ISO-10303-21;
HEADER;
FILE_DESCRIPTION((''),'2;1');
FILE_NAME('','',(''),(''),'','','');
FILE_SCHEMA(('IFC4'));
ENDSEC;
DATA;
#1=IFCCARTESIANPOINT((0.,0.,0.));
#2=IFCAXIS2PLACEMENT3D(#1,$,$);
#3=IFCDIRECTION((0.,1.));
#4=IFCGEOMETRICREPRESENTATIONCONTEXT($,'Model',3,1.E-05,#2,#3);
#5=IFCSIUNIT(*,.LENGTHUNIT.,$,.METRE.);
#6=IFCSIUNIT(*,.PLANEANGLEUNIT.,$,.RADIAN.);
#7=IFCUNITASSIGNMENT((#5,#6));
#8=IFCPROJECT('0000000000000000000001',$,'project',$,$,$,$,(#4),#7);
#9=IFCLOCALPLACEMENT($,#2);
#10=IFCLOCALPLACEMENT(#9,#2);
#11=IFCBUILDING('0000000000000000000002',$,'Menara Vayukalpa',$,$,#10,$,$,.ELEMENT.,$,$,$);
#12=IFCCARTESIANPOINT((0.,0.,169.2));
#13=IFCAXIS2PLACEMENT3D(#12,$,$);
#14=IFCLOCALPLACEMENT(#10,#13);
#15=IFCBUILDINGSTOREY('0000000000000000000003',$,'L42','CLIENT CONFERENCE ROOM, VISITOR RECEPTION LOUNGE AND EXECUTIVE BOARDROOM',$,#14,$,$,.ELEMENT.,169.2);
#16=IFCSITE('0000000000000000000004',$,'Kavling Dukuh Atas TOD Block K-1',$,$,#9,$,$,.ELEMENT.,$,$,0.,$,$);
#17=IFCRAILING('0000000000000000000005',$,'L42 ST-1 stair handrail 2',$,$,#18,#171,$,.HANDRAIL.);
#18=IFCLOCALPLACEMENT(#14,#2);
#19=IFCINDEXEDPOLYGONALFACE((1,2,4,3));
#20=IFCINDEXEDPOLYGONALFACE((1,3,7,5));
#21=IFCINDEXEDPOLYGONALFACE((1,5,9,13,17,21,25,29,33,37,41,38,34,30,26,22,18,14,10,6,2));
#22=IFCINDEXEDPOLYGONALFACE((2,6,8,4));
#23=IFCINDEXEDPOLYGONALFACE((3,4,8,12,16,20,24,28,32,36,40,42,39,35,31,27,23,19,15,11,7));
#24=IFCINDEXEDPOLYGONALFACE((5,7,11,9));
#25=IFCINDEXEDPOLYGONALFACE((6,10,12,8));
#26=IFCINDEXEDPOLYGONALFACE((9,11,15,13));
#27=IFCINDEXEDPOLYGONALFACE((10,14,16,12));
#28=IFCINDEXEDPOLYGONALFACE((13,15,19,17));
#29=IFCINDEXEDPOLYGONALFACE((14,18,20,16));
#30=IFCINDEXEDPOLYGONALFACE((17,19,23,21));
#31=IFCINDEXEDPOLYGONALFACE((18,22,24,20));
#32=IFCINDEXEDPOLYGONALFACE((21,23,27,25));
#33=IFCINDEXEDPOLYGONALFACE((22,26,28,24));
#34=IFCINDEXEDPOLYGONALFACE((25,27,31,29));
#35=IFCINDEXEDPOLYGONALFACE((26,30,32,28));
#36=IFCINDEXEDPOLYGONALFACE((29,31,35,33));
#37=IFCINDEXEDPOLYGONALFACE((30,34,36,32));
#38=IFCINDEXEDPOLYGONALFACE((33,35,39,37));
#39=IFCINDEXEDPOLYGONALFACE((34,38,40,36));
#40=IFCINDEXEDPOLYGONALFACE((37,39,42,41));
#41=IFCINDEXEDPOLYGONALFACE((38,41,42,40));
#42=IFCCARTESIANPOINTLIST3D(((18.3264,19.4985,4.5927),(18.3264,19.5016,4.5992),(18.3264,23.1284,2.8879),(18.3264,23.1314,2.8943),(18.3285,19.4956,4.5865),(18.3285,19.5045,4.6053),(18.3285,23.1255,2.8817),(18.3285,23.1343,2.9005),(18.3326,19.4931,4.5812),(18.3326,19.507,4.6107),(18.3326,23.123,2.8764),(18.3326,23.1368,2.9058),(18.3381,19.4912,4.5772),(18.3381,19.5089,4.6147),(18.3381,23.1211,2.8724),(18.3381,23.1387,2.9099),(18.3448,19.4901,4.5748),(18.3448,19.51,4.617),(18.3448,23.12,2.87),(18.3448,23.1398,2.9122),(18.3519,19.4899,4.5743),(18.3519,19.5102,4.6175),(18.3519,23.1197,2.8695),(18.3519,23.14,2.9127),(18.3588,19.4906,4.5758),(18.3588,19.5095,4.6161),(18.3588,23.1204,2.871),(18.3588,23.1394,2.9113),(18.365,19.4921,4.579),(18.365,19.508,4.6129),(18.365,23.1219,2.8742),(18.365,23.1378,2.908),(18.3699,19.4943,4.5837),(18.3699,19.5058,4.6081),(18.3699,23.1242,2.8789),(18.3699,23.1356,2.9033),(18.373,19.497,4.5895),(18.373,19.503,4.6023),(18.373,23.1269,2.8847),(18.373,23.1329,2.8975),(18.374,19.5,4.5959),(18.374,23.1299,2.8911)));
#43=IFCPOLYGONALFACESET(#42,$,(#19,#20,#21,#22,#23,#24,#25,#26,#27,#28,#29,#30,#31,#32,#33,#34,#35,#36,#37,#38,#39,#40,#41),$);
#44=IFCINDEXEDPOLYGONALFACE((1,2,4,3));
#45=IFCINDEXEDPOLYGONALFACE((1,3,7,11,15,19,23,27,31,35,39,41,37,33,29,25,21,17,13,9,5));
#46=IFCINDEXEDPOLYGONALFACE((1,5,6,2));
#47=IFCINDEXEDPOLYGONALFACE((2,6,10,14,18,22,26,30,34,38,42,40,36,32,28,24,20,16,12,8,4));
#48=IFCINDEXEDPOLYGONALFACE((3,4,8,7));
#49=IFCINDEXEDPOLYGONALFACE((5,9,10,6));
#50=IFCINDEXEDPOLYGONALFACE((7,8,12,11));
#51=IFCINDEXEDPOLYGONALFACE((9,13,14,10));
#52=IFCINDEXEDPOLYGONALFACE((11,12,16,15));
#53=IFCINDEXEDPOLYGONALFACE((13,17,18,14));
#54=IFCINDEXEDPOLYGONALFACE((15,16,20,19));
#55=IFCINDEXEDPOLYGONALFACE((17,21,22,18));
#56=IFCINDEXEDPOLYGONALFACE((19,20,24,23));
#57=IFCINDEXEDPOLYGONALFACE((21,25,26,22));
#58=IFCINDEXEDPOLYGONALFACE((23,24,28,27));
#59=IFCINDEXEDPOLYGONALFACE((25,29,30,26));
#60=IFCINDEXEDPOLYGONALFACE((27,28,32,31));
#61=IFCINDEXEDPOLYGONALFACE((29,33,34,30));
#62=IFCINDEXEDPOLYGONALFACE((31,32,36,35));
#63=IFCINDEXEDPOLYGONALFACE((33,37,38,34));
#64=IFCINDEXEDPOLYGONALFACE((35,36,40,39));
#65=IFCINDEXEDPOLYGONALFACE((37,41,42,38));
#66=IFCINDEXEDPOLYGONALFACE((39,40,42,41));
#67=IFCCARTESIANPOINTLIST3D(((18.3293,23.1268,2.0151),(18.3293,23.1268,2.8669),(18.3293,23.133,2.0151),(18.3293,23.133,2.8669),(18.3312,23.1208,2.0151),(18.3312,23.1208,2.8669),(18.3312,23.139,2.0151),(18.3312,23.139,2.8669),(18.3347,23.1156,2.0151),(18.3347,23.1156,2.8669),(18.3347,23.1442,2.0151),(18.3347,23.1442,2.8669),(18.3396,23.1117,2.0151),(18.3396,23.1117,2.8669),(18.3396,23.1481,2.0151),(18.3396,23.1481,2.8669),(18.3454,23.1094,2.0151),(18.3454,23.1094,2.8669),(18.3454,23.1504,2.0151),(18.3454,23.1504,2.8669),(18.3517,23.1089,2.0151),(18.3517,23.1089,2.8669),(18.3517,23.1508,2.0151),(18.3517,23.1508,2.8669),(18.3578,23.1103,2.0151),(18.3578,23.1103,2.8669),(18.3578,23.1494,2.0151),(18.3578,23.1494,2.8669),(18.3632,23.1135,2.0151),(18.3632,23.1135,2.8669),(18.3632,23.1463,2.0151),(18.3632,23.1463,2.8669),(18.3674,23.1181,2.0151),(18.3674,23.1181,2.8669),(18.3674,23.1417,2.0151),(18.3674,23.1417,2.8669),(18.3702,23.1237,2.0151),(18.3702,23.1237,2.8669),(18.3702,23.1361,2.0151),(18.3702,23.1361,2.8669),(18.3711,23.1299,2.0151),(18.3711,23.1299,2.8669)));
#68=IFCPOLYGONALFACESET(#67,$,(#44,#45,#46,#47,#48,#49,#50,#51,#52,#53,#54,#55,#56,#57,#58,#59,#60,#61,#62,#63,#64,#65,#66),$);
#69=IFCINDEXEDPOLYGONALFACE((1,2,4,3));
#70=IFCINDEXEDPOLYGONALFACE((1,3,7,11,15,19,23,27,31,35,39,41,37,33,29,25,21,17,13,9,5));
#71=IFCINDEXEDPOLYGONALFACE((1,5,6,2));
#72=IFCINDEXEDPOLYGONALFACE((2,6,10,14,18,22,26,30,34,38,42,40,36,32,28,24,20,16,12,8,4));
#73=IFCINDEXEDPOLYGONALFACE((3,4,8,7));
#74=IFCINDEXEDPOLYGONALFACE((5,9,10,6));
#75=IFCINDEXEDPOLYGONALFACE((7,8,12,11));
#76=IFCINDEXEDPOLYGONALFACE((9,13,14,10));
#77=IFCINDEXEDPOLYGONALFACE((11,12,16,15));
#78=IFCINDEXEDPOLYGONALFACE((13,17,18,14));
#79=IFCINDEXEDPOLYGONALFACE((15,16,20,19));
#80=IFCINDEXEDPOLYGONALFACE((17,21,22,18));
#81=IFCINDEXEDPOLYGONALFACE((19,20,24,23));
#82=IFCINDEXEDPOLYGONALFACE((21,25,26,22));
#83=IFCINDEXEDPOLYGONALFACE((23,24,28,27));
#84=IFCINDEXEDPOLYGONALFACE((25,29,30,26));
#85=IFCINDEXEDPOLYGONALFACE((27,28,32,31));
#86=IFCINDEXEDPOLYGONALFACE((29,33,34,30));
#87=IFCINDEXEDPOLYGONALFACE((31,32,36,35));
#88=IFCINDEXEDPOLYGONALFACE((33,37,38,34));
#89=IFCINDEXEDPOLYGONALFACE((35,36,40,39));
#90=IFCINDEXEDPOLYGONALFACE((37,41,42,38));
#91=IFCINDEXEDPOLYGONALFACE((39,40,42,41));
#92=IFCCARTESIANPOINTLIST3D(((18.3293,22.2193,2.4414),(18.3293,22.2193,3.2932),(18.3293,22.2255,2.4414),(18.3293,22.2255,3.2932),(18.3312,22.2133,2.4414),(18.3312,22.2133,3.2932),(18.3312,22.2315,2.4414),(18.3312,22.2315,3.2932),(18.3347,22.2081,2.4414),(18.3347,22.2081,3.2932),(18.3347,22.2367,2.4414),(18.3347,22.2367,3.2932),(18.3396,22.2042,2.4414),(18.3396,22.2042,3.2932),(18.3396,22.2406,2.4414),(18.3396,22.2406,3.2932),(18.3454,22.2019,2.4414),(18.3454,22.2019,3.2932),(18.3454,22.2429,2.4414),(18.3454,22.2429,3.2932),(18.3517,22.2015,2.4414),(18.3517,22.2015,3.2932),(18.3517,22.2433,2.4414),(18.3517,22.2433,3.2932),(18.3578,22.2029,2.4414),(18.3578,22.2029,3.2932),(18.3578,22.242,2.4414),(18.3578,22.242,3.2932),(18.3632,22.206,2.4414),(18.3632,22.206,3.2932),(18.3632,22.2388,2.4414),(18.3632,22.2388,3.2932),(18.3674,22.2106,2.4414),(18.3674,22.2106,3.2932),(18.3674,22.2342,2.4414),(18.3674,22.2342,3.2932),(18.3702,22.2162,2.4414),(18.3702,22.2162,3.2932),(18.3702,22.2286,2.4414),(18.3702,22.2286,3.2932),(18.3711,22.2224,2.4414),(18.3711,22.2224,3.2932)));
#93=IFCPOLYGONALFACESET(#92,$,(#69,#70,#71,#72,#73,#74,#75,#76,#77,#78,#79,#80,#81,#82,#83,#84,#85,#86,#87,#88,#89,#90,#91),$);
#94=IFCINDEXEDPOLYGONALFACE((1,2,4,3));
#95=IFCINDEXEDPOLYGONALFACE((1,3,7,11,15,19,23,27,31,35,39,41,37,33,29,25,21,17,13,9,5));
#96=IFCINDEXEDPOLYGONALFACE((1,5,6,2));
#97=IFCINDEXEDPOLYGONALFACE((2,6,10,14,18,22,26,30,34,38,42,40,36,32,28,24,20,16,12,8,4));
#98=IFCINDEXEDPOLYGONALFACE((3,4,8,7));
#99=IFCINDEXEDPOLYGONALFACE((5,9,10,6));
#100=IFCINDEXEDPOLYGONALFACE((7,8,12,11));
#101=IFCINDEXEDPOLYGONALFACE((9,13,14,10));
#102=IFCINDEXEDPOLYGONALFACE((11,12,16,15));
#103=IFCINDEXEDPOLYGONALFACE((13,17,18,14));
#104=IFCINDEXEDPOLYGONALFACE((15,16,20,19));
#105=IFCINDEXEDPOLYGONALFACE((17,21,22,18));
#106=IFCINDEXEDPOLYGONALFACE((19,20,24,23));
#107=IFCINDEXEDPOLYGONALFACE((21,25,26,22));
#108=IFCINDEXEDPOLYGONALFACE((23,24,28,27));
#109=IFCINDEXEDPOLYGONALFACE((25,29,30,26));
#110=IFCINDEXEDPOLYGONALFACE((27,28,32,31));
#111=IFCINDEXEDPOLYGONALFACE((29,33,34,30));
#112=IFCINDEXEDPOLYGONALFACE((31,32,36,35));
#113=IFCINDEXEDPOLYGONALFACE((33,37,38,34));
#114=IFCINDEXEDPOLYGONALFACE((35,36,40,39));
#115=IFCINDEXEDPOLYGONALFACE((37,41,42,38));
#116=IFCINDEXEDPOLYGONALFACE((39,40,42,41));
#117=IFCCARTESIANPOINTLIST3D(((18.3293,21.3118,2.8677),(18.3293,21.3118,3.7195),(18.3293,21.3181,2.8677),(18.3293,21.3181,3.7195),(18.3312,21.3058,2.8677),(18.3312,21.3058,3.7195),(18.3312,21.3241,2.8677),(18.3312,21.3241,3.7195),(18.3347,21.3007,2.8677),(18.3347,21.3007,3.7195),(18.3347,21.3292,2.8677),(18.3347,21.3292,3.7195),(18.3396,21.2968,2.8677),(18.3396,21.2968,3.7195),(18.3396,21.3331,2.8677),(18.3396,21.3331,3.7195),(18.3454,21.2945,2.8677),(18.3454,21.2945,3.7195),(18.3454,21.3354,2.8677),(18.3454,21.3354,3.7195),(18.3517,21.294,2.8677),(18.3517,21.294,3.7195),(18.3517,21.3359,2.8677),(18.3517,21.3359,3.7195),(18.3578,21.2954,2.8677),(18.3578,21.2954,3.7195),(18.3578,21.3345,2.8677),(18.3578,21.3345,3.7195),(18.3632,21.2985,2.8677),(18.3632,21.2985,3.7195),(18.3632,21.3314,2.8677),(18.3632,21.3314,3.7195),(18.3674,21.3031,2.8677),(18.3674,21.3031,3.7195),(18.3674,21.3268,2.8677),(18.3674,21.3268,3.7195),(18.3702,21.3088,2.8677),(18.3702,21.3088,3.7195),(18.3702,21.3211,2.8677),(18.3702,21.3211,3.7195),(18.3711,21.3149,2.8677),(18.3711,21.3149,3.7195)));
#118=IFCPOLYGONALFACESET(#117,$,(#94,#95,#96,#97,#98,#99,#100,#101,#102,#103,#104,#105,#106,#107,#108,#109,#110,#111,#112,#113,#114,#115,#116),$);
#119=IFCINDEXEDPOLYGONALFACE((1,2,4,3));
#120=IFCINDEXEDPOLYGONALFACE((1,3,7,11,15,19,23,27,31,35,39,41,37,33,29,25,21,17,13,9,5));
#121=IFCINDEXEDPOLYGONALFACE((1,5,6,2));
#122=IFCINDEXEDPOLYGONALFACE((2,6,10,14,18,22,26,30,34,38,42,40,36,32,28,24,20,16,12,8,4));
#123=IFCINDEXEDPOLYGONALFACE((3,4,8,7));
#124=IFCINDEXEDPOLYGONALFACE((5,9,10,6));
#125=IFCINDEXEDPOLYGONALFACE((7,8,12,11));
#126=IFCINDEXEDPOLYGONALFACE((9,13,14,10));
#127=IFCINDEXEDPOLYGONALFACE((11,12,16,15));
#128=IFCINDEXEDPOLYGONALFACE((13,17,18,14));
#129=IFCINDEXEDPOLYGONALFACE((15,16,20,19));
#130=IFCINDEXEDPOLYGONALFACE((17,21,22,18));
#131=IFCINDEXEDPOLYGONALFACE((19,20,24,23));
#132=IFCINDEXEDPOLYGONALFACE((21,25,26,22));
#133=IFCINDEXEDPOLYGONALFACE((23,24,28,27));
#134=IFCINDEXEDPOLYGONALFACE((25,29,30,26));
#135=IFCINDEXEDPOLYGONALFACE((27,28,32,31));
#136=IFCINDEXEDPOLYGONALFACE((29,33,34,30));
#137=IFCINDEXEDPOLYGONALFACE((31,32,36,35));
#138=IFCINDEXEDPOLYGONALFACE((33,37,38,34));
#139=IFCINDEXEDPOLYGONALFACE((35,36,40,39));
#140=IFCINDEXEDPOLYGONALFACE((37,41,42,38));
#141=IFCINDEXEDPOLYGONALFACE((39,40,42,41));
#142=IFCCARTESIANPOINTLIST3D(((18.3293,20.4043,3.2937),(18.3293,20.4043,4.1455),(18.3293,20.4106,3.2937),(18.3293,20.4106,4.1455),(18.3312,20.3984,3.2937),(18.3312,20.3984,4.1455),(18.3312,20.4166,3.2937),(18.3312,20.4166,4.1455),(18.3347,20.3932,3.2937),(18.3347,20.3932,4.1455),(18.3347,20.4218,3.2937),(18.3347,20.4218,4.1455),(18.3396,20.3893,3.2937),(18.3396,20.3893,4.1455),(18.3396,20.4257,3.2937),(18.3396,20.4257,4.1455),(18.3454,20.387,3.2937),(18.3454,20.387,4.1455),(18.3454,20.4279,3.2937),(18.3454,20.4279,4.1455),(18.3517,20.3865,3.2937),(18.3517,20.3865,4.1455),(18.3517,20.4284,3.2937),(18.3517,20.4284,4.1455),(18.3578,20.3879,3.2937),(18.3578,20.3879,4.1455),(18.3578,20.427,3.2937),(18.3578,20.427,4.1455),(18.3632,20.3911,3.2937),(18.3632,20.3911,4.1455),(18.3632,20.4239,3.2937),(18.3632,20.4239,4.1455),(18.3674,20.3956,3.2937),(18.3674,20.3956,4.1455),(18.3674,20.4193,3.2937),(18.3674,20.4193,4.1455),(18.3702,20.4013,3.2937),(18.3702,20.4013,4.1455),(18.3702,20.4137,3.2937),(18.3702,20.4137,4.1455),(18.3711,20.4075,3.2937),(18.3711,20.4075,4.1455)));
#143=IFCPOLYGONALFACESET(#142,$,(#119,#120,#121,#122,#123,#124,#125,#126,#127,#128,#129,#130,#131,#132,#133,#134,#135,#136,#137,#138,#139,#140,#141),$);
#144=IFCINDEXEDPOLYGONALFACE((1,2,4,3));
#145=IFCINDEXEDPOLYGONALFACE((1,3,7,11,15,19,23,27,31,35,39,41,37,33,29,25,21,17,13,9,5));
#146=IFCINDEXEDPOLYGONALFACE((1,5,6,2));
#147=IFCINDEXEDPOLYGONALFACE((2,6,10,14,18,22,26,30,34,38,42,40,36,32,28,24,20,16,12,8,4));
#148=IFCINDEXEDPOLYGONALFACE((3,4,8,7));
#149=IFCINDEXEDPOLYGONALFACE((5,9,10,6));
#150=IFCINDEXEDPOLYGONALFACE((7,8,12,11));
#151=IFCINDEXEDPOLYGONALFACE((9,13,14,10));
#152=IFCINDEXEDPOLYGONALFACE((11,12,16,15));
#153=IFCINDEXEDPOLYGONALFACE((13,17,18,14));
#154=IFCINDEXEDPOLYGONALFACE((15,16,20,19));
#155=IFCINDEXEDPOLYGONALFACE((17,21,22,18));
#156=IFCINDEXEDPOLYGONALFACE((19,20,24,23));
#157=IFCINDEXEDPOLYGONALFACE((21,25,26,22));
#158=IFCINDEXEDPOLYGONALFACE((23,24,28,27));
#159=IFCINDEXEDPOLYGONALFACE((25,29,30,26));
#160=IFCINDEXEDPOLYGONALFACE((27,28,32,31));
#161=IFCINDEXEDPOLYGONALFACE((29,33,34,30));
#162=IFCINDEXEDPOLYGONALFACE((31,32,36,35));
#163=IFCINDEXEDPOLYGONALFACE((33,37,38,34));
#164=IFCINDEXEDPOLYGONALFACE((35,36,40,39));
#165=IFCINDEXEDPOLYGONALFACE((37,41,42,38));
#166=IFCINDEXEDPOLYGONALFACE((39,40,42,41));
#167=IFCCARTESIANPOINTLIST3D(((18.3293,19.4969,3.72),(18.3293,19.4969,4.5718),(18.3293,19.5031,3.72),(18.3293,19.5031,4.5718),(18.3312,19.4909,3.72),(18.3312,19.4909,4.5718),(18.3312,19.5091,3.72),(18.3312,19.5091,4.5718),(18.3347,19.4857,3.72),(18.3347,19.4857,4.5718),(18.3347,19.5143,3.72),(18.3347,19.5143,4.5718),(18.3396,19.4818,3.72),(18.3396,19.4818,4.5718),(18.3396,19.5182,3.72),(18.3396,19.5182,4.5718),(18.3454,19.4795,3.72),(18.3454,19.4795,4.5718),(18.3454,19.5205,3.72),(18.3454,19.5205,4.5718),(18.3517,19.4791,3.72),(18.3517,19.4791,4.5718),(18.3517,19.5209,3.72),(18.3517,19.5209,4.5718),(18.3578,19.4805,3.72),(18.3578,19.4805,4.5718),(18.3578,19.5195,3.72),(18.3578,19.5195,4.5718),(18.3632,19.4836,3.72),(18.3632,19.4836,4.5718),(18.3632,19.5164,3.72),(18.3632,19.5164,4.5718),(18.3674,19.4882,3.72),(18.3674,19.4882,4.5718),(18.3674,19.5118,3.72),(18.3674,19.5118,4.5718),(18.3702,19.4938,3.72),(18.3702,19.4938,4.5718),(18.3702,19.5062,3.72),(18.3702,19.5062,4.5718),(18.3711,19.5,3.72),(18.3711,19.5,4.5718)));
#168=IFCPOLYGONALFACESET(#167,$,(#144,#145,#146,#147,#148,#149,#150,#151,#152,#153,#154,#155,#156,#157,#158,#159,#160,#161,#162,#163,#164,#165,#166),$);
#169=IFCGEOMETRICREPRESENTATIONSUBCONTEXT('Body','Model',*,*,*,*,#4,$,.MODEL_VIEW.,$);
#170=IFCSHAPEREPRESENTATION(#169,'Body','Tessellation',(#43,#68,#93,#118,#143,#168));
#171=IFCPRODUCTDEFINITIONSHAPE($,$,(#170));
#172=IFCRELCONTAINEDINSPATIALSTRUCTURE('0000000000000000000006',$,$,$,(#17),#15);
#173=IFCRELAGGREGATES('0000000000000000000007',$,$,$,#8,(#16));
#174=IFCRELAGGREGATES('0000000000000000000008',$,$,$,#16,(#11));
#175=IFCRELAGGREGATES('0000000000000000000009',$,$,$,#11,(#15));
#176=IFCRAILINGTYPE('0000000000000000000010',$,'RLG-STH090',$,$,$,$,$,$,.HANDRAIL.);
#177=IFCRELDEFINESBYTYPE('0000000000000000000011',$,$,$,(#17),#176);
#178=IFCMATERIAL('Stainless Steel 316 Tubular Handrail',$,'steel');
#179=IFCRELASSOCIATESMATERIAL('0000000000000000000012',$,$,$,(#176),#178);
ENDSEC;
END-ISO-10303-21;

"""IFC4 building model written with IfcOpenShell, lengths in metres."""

from ifc_helpers import new_model, si_unit, direction, frame, origin, origin_2d, place, context, subcontext, project, spatial, circle, extrude, material, type_object, element, save


model = new_model("IFC4")

# Units and contexts
model_context = context("Model", 3, precision=1e-05, world=origin(), true_north=direction((0.0, 1.0)))
body_context = subcontext(model_context, "Body", "Model", "MODEL_VIEW")
ifc_project = project(units=[si_unit("LENGTHUNIT", "METRE"), si_unit("PLANEANGLEUNIT", "RADIAN")], contexts=[model_context])

# Site, building, storey
site_placement = place(None, origin())
site = spatial("IfcSite", under=ifc_project, at=site_placement, Name="Kavling Dukuh Atas TOD Block K-1", CompositionType="ELEMENT", RefElevation=0.0)
building_placement = place(site_placement, origin())
building = spatial("IfcBuilding", under=site, at=building_placement, Name="Menara Vayukalpa", CompositionType="ELEMENT")
storey_placement = place(building_placement, frame((0.0, 0.0, 169.2)))
storey = spatial("IfcBuildingStorey", under=building, at=storey_placement, Name="L42", Description="CLIENT CONFERENCE ROOM, VISITOR RECEPTION LOUNGE AND EXECUTIVE BOARDROOM", CompositionType="ELEMENT", Elevation=169.2)

# Railing
ifc_material_1 = material(Name="Stainless Steel 316 Tubular Handrail", Category="steel")
railing_type_1 = type_object("IfcRailingType", Name="RLG-STH090", PredefinedType="HANDRAIL", material=ifc_material_1)
railing_1_placement = place(storey_placement, frame((18.3501, 23.1299, 2.0151)))
element("IfcRailing", 1, at=railing_1_placement, inside=storey, type_object=railing_type_1, Name="L42 ST-1 stair handrail 2", PredefinedType="HANDRAIL", context=body_context, shape_type="SweptSolid", body=[
    extrude(circle(Radius=0.0239, at=origin_2d()), frame((0.0, 0.0, 0.876), z_axis=(0.0, -0.90514, 0.425114), x_axis=(1.0, 0.0, 0.0)), (0.0, 0.0, 1.0), 4.0103),
    extrude(circle(Radius=0.021, at=origin_2d()), origin(), (0.0, 0.0, 1.0), 0.8518),
    extrude(circle(Radius=0.021, at=origin_2d()), frame((0.0, -0.9075, 0.4263)), (0.0, 0.0, 1.0), 0.8518),
    extrude(circle(Radius=0.021, at=origin_2d()), frame((0.0, -1.8149, 0.8525)), (0.0, 0.0, 1.0), 0.8518),
    extrude(circle(Radius=0.021, at=origin_2d()), frame((0.0, -2.7224, 1.2786)), (0.0, 0.0, 1.0), 0.8518),
    extrude(circle(Radius=0.021, at=origin_2d()), frame((0.0, -3.6299, 1.7048)), (0.0, 0.0, 1.0), 0.8518),
])

save(model, "model.ifc")
